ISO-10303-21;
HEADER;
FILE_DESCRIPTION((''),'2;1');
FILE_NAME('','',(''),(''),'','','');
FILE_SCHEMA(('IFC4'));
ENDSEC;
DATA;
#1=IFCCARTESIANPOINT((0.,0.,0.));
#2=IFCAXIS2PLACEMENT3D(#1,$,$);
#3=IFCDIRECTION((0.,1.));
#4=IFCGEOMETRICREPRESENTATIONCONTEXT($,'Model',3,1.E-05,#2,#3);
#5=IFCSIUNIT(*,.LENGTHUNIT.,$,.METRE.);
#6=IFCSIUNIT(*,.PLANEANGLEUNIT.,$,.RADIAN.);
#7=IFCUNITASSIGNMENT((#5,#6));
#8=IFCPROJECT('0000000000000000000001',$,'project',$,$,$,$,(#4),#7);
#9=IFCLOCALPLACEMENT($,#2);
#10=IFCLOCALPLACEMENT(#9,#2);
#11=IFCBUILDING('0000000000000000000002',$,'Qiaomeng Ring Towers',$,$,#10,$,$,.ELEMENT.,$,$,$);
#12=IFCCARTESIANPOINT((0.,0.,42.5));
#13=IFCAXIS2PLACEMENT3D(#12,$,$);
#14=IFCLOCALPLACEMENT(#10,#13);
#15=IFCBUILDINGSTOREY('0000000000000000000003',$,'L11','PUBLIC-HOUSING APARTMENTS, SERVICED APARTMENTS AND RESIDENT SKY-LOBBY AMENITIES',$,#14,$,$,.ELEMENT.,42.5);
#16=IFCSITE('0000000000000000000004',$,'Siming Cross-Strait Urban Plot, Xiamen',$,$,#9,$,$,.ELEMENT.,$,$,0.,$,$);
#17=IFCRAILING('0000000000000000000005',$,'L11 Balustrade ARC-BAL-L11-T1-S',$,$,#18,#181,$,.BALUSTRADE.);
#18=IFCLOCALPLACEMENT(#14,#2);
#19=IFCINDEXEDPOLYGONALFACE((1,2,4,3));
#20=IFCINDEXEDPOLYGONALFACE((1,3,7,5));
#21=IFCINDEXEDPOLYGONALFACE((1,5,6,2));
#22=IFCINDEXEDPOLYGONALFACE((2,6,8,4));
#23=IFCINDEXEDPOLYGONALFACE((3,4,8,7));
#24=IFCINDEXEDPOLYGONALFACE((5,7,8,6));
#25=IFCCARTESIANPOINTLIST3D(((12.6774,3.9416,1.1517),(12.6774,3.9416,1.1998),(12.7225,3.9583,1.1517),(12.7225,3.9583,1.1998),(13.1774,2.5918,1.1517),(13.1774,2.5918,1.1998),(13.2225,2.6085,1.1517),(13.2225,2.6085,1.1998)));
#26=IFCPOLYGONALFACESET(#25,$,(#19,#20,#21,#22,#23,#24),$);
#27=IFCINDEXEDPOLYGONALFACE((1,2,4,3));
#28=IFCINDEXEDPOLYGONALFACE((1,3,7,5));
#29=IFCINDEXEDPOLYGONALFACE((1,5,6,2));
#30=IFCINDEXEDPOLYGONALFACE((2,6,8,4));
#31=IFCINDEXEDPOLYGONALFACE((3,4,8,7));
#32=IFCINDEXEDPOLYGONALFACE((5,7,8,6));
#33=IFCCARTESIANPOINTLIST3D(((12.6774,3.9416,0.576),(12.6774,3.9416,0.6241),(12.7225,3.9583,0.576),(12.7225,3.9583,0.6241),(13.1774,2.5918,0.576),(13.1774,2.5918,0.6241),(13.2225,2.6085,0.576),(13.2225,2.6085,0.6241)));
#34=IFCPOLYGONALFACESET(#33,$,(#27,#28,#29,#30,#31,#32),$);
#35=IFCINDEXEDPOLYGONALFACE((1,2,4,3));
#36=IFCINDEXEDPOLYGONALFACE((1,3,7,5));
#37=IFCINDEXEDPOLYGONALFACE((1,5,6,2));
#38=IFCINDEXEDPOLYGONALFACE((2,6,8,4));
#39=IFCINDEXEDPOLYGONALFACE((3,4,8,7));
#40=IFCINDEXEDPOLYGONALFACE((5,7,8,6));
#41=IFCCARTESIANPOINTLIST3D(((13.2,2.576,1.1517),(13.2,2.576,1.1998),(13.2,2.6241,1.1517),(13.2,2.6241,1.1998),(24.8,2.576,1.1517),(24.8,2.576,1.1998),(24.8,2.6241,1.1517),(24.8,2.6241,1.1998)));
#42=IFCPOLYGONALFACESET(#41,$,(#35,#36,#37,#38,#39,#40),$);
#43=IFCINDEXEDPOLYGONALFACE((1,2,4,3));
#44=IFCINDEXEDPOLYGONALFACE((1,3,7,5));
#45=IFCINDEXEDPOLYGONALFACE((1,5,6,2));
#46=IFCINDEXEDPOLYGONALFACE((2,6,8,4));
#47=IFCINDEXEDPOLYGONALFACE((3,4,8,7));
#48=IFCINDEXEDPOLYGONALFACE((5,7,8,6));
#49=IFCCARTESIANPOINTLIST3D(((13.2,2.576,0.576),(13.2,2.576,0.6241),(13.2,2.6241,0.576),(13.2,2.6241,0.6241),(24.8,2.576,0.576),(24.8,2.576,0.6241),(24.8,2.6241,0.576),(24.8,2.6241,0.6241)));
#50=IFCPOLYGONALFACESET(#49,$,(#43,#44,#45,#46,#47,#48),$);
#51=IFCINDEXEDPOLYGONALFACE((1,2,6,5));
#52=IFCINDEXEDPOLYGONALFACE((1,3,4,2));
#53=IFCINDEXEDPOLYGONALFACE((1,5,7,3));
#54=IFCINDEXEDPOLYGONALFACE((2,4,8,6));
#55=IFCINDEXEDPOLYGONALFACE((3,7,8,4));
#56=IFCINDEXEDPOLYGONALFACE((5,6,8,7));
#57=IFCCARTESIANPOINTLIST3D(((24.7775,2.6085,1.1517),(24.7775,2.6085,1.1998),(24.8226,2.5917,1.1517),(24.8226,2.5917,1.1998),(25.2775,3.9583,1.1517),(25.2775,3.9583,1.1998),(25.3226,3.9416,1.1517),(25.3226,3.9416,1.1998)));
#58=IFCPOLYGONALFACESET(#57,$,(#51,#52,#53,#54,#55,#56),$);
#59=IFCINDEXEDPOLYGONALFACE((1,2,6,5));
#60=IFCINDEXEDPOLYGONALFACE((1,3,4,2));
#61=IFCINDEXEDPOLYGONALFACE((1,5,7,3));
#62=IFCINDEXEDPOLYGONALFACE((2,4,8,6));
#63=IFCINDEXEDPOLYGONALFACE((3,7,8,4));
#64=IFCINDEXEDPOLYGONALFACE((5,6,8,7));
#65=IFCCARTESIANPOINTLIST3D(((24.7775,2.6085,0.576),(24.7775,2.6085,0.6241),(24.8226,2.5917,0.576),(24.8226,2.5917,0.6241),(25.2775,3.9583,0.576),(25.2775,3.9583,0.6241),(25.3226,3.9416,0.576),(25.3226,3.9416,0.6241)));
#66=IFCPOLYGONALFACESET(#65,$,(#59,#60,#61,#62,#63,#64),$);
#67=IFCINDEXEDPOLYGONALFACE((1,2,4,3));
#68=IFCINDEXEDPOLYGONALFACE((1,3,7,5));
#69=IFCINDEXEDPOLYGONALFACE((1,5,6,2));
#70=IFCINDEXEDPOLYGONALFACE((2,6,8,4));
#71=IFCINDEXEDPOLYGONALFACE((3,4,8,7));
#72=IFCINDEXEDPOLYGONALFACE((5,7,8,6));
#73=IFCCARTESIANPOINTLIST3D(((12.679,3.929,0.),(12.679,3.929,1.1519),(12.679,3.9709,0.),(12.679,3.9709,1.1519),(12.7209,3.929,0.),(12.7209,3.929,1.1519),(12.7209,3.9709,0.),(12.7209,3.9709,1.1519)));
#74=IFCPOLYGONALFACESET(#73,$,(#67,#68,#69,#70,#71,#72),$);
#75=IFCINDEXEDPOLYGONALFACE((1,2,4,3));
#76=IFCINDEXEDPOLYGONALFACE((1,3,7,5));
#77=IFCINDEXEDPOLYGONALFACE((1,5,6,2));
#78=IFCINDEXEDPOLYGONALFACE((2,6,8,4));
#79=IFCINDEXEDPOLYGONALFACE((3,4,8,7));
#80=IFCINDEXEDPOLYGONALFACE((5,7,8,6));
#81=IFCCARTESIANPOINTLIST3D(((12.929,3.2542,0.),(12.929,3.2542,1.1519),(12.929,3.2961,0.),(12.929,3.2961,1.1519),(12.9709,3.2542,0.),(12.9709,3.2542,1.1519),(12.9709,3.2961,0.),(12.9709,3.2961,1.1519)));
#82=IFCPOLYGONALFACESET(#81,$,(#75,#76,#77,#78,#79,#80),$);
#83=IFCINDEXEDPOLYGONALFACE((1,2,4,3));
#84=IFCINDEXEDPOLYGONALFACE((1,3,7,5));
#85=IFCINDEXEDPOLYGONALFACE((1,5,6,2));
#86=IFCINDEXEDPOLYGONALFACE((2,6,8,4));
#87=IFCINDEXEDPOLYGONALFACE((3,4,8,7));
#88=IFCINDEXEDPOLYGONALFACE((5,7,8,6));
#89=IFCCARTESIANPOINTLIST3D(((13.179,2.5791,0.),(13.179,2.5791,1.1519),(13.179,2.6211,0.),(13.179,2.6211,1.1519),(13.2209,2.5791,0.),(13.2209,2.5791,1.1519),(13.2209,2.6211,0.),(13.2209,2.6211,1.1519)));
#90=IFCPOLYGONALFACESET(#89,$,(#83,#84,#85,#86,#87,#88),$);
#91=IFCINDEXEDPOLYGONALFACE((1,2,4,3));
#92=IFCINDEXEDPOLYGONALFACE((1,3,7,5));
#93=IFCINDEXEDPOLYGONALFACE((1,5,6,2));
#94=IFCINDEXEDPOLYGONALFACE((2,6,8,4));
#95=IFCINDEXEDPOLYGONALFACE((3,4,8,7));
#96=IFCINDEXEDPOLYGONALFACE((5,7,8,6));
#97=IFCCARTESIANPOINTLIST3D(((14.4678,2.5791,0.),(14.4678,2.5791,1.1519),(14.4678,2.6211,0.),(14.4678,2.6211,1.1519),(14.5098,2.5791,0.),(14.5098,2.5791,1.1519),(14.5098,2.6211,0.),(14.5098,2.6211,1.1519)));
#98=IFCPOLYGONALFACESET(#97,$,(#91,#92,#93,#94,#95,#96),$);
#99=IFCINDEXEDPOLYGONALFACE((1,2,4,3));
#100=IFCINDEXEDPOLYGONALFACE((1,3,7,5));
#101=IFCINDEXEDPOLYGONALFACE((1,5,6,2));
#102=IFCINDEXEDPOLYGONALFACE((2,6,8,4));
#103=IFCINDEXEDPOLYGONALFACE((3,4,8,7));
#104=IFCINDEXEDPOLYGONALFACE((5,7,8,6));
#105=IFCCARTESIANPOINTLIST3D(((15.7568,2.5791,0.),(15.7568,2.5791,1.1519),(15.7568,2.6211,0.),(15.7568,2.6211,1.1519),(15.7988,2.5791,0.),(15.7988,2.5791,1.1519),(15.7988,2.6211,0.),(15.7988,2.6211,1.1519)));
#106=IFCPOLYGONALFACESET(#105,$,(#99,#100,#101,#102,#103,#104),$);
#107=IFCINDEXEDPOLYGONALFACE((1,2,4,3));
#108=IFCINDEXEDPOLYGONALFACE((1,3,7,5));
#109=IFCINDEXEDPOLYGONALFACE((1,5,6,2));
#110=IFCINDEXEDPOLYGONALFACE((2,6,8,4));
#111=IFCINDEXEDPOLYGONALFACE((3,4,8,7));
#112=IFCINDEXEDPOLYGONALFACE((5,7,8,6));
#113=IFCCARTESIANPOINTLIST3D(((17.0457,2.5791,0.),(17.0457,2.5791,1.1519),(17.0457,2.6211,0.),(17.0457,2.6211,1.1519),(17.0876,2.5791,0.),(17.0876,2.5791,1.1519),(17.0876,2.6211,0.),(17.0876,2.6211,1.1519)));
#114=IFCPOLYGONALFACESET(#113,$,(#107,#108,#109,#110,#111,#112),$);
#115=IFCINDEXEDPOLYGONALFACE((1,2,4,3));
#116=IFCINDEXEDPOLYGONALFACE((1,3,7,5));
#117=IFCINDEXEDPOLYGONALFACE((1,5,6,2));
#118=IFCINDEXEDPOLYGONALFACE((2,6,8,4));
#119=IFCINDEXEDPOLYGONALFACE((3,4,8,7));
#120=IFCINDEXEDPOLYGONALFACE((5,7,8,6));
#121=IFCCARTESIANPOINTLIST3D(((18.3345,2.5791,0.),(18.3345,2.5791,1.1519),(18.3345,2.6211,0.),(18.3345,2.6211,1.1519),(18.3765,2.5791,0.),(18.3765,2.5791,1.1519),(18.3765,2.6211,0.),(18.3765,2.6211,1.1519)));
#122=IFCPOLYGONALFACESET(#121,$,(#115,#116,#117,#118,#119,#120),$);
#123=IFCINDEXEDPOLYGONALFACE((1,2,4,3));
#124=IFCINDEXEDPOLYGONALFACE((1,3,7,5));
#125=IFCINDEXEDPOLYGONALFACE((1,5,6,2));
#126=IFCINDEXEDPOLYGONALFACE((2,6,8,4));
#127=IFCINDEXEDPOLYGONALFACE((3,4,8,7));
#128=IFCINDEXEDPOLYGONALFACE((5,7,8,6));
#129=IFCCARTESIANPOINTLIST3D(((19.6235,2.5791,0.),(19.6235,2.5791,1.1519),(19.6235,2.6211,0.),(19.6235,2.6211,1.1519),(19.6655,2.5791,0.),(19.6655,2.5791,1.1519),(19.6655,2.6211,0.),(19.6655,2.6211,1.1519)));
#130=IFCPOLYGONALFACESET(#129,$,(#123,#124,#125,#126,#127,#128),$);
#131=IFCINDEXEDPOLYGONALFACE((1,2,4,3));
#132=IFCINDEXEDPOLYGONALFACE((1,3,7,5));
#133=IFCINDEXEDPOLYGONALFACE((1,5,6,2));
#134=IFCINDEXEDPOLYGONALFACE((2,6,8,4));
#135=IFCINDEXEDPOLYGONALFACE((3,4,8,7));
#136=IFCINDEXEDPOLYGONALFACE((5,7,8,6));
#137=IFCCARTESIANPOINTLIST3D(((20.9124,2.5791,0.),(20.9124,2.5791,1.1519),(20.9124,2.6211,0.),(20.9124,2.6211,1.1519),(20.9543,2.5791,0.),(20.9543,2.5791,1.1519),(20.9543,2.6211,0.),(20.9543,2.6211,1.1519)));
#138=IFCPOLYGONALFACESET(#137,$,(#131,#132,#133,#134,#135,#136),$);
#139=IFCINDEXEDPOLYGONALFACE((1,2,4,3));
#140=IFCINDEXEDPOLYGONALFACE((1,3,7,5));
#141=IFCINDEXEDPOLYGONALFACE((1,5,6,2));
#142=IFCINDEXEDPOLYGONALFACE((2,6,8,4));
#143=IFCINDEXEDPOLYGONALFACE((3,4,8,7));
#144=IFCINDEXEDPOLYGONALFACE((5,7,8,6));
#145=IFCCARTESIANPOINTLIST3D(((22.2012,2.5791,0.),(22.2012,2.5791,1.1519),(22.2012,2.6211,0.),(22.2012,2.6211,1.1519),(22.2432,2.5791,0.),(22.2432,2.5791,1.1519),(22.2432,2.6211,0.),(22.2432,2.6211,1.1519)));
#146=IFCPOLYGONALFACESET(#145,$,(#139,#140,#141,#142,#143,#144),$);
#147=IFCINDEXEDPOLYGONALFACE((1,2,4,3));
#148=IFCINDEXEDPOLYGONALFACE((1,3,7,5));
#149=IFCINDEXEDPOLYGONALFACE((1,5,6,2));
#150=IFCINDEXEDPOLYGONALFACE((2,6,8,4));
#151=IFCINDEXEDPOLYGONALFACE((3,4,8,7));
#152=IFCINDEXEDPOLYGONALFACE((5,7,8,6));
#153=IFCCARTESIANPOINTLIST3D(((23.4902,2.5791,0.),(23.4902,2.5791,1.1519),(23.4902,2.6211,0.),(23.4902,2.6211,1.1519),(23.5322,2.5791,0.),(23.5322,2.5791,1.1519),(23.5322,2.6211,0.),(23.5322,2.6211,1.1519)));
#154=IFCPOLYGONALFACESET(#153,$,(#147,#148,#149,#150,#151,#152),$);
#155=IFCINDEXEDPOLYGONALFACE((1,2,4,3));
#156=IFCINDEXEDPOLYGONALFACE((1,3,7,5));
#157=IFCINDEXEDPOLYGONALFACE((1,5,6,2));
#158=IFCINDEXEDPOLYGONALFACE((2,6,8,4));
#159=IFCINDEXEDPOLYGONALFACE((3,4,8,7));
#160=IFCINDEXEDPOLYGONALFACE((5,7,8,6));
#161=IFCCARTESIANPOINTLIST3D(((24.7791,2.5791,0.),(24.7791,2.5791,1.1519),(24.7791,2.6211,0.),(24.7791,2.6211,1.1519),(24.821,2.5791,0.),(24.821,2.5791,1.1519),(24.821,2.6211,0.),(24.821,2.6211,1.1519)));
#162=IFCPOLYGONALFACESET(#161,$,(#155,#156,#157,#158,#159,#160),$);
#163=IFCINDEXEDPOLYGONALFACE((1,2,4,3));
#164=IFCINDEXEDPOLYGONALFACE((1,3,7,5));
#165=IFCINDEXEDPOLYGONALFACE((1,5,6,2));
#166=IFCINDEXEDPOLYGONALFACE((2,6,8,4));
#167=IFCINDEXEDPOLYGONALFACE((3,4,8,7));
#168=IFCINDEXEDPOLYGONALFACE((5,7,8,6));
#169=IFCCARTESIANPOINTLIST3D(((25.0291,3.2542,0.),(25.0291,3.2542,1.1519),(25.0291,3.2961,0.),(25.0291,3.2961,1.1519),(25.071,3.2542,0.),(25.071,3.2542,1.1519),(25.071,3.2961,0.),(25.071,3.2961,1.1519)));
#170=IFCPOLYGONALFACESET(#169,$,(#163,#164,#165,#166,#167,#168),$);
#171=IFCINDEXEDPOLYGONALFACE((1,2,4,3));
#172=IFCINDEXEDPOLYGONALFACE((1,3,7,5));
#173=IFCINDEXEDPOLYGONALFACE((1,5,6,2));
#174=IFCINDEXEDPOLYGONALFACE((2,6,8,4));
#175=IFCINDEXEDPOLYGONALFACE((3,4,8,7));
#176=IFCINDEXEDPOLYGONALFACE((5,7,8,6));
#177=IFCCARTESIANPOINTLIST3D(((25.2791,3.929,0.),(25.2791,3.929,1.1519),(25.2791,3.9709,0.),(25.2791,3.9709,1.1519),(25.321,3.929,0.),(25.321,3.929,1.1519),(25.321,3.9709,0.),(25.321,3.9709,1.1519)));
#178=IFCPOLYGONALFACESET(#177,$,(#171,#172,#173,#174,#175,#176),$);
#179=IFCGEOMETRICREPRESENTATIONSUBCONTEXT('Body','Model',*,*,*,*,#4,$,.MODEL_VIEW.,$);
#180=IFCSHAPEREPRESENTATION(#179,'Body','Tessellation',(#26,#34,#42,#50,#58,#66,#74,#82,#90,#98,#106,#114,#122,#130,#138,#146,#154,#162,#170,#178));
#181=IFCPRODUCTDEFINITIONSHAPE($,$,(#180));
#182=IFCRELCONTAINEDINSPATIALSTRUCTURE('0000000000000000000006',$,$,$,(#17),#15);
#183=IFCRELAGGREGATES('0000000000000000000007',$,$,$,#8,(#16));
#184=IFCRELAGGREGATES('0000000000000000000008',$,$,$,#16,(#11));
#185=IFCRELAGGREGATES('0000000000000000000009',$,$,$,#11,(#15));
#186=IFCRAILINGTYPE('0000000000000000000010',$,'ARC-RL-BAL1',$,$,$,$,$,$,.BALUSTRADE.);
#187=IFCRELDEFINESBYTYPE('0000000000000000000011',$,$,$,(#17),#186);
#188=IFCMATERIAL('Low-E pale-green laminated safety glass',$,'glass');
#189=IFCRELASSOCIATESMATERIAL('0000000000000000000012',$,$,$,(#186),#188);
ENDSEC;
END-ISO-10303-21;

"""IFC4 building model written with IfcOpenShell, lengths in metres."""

from ifc_helpers import new_model, si_unit, direction, frame, origin, origin_2d, place, context, subcontext, project, spatial, rectangle, extrude, material, type_object, element, save


model = new_model("IFC4")

# Units and contexts
model_context = context("Model", 3, precision=1e-05, world=origin(), true_north=direction((0.0, 1.0)))
body_context = subcontext(model_context, "Body", "Model", "MODEL_VIEW")
ifc_project = project(units=[si_unit("LENGTHUNIT", "METRE"), si_unit("PLANEANGLEUNIT", "RADIAN")], contexts=[model_context])

# Site, building, storey
site_placement = place(None, origin())
site = spatial("IfcSite", under=ifc_project, at=site_placement, Name="Siming Cross-Strait Urban Plot, Xiamen", CompositionType="ELEMENT", RefElevation=0.0)
building_placement = place(site_placement, origin())
building = spatial("IfcBuilding", under=site, at=building_placement, Name="Qiaomeng Ring Towers", CompositionType="ELEMENT")
storey_placement = place(building_placement, frame((0.0, 0.0, 42.5)))
storey = spatial("IfcBuildingStorey", under=building, at=storey_placement, Name="L11", Description="PUBLIC-HOUSING APARTMENTS, SERVICED APARTMENTS AND RESIDENT SKY-LOBBY AMENITIES", CompositionType="ELEMENT", Elevation=42.5)

# Railing
ifc_material_1 = material(Name="Low-E pale-green laminated safety glass", Category="glass")
railing_type = type_object("IfcRailingType", Name="ARC-RL-BAL1", PredefinedType="BALUSTRADE", material=ifc_material_1)
railing_placement = place(storey_placement, frame((12.7, 3.95, 0.0)))
element("IfcRailing", 1, at=railing_placement, inside=storey, type_object=railing_type, Name="L11 Balustrade ARC-BAL-L11-T1-S", PredefinedType="BALUSTRADE", context=body_context, shape_type="SweptSolid", body=[
    extrude(rectangle(XDim=0.0481, YDim=0.0481, at=origin_2d()), frame((0.0, 0.0, 1.1758), z_axis=(0.347347, -0.937736, 0.0), x_axis=(0.937736, 0.347347, 0.0)), (0.0, 0.0, 1.0), 1.4395),
    extrude(rectangle(XDim=0.0481, YDim=0.0481, at=origin_2d()), frame((0.0, 0.0, 0.6001), z_axis=(0.347347, -0.937736, 0.0), x_axis=(0.937736, 0.347347, 0.0)), (0.0, 0.0, 1.0), 1.4395),
    extrude(rectangle(XDim=0.0481, YDim=0.0481, at=origin_2d()), frame((0.5, -1.3499, 1.1758), z_axis=(1.0, 0.0, 0.0), x_axis=(0.0, 1.0, 0.0)), (0.0, 0.0, 1.0), 11.6001),
    extrude(rectangle(XDim=0.0481, YDim=0.0481, at=origin_2d()), frame((0.5, -1.3499, 0.6001), z_axis=(1.0, 0.0, 0.0), x_axis=(0.0, 1.0, 0.0)), (0.0, 0.0, 1.0), 11.6001),
    extrude(rectangle(XDim=0.0481, YDim=0.0481, at=origin_2d()), frame((12.1001, -1.3499, 1.1758), z_axis=(0.347347, 0.937736, 0.0), x_axis=(-0.937736, 0.347347, 0.0)), (0.0, 0.0, 1.0), 1.4395),
    extrude(rectangle(XDim=0.0481, YDim=0.0481, at=origin_2d()), frame((12.1001, -1.3499, 0.6001), z_axis=(0.347347, 0.937736, 0.0), x_axis=(-0.937736, 0.347347, 0.0)), (0.0, 0.0, 1.0), 1.4395),
    extrude(rectangle(XDim=0.042, YDim=0.042, at=origin_2d()), origin(), (0.0, 0.0, 1.0), 1.1519),
    extrude(rectangle(XDim=0.042, YDim=0.042, at=origin_2d()), frame((0.25, -0.6748, 0.0)), (0.0, 0.0, 1.0), 1.1519),
    extrude(rectangle(XDim=0.042, YDim=0.042, at=origin_2d()), frame((0.5, -1.3499, 0.0)), (0.0, 0.0, 1.0), 1.1519),
    extrude(rectangle(XDim=0.042, YDim=0.042, at=origin_2d()), frame((1.7888, -1.3499, 0.0)), (0.0, 0.0, 1.0), 1.1519),
    extrude(rectangle(XDim=0.042, YDim=0.042, at=origin_2d()), frame((3.0779, -1.3499, 0.0)), (0.0, 0.0, 1.0), 1.1519),
    extrude(rectangle(XDim=0.042, YDim=0.042, at=origin_2d()), frame((4.3667, -1.3499, 0.0)), (0.0, 0.0, 1.0), 1.1519),
    extrude(rectangle(XDim=0.042, YDim=0.042, at=origin_2d()), frame((5.6555, -1.3499, 0.0)), (0.0, 0.0, 1.0), 1.1519),
    extrude(rectangle(XDim=0.042, YDim=0.042, at=origin_2d()), frame((6.9446, -1.3499, 0.0)), (0.0, 0.0, 1.0), 1.1519),
    extrude(rectangle(XDim=0.042, YDim=0.042, at=origin_2d()), frame((8.2334, -1.3499, 0.0)), (0.0, 0.0, 1.0), 1.1519),
    extrude(rectangle(XDim=0.042, YDim=0.042, at=origin_2d()), frame((9.5222, -1.3499, 0.0)), (0.0, 0.0, 1.0), 1.1519),
    extrude(rectangle(XDim=0.042, YDim=0.042, at=origin_2d()), frame((10.8113, -1.3499, 0.0)), (0.0, 0.0, 1.0), 1.1519),
    extrude(rectangle(XDim=0.042, YDim=0.042, at=origin_2d()), frame((12.1001, -1.3499, 0.0)), (0.0, 0.0, 1.0), 1.1519),
    extrude(rectangle(XDim=0.042, YDim=0.042, at=origin_2d()), frame((12.3501, -0.6748, 0.0)), (0.0, 0.0, 1.0), 1.1519),
    extrude(rectangle(XDim=0.042, YDim=0.042, at=origin_2d()), frame((12.6001, 0.0, 0.0)), (0.0, 0.0, 1.0), 1.1519),
])

save(model, "model.ifc")
